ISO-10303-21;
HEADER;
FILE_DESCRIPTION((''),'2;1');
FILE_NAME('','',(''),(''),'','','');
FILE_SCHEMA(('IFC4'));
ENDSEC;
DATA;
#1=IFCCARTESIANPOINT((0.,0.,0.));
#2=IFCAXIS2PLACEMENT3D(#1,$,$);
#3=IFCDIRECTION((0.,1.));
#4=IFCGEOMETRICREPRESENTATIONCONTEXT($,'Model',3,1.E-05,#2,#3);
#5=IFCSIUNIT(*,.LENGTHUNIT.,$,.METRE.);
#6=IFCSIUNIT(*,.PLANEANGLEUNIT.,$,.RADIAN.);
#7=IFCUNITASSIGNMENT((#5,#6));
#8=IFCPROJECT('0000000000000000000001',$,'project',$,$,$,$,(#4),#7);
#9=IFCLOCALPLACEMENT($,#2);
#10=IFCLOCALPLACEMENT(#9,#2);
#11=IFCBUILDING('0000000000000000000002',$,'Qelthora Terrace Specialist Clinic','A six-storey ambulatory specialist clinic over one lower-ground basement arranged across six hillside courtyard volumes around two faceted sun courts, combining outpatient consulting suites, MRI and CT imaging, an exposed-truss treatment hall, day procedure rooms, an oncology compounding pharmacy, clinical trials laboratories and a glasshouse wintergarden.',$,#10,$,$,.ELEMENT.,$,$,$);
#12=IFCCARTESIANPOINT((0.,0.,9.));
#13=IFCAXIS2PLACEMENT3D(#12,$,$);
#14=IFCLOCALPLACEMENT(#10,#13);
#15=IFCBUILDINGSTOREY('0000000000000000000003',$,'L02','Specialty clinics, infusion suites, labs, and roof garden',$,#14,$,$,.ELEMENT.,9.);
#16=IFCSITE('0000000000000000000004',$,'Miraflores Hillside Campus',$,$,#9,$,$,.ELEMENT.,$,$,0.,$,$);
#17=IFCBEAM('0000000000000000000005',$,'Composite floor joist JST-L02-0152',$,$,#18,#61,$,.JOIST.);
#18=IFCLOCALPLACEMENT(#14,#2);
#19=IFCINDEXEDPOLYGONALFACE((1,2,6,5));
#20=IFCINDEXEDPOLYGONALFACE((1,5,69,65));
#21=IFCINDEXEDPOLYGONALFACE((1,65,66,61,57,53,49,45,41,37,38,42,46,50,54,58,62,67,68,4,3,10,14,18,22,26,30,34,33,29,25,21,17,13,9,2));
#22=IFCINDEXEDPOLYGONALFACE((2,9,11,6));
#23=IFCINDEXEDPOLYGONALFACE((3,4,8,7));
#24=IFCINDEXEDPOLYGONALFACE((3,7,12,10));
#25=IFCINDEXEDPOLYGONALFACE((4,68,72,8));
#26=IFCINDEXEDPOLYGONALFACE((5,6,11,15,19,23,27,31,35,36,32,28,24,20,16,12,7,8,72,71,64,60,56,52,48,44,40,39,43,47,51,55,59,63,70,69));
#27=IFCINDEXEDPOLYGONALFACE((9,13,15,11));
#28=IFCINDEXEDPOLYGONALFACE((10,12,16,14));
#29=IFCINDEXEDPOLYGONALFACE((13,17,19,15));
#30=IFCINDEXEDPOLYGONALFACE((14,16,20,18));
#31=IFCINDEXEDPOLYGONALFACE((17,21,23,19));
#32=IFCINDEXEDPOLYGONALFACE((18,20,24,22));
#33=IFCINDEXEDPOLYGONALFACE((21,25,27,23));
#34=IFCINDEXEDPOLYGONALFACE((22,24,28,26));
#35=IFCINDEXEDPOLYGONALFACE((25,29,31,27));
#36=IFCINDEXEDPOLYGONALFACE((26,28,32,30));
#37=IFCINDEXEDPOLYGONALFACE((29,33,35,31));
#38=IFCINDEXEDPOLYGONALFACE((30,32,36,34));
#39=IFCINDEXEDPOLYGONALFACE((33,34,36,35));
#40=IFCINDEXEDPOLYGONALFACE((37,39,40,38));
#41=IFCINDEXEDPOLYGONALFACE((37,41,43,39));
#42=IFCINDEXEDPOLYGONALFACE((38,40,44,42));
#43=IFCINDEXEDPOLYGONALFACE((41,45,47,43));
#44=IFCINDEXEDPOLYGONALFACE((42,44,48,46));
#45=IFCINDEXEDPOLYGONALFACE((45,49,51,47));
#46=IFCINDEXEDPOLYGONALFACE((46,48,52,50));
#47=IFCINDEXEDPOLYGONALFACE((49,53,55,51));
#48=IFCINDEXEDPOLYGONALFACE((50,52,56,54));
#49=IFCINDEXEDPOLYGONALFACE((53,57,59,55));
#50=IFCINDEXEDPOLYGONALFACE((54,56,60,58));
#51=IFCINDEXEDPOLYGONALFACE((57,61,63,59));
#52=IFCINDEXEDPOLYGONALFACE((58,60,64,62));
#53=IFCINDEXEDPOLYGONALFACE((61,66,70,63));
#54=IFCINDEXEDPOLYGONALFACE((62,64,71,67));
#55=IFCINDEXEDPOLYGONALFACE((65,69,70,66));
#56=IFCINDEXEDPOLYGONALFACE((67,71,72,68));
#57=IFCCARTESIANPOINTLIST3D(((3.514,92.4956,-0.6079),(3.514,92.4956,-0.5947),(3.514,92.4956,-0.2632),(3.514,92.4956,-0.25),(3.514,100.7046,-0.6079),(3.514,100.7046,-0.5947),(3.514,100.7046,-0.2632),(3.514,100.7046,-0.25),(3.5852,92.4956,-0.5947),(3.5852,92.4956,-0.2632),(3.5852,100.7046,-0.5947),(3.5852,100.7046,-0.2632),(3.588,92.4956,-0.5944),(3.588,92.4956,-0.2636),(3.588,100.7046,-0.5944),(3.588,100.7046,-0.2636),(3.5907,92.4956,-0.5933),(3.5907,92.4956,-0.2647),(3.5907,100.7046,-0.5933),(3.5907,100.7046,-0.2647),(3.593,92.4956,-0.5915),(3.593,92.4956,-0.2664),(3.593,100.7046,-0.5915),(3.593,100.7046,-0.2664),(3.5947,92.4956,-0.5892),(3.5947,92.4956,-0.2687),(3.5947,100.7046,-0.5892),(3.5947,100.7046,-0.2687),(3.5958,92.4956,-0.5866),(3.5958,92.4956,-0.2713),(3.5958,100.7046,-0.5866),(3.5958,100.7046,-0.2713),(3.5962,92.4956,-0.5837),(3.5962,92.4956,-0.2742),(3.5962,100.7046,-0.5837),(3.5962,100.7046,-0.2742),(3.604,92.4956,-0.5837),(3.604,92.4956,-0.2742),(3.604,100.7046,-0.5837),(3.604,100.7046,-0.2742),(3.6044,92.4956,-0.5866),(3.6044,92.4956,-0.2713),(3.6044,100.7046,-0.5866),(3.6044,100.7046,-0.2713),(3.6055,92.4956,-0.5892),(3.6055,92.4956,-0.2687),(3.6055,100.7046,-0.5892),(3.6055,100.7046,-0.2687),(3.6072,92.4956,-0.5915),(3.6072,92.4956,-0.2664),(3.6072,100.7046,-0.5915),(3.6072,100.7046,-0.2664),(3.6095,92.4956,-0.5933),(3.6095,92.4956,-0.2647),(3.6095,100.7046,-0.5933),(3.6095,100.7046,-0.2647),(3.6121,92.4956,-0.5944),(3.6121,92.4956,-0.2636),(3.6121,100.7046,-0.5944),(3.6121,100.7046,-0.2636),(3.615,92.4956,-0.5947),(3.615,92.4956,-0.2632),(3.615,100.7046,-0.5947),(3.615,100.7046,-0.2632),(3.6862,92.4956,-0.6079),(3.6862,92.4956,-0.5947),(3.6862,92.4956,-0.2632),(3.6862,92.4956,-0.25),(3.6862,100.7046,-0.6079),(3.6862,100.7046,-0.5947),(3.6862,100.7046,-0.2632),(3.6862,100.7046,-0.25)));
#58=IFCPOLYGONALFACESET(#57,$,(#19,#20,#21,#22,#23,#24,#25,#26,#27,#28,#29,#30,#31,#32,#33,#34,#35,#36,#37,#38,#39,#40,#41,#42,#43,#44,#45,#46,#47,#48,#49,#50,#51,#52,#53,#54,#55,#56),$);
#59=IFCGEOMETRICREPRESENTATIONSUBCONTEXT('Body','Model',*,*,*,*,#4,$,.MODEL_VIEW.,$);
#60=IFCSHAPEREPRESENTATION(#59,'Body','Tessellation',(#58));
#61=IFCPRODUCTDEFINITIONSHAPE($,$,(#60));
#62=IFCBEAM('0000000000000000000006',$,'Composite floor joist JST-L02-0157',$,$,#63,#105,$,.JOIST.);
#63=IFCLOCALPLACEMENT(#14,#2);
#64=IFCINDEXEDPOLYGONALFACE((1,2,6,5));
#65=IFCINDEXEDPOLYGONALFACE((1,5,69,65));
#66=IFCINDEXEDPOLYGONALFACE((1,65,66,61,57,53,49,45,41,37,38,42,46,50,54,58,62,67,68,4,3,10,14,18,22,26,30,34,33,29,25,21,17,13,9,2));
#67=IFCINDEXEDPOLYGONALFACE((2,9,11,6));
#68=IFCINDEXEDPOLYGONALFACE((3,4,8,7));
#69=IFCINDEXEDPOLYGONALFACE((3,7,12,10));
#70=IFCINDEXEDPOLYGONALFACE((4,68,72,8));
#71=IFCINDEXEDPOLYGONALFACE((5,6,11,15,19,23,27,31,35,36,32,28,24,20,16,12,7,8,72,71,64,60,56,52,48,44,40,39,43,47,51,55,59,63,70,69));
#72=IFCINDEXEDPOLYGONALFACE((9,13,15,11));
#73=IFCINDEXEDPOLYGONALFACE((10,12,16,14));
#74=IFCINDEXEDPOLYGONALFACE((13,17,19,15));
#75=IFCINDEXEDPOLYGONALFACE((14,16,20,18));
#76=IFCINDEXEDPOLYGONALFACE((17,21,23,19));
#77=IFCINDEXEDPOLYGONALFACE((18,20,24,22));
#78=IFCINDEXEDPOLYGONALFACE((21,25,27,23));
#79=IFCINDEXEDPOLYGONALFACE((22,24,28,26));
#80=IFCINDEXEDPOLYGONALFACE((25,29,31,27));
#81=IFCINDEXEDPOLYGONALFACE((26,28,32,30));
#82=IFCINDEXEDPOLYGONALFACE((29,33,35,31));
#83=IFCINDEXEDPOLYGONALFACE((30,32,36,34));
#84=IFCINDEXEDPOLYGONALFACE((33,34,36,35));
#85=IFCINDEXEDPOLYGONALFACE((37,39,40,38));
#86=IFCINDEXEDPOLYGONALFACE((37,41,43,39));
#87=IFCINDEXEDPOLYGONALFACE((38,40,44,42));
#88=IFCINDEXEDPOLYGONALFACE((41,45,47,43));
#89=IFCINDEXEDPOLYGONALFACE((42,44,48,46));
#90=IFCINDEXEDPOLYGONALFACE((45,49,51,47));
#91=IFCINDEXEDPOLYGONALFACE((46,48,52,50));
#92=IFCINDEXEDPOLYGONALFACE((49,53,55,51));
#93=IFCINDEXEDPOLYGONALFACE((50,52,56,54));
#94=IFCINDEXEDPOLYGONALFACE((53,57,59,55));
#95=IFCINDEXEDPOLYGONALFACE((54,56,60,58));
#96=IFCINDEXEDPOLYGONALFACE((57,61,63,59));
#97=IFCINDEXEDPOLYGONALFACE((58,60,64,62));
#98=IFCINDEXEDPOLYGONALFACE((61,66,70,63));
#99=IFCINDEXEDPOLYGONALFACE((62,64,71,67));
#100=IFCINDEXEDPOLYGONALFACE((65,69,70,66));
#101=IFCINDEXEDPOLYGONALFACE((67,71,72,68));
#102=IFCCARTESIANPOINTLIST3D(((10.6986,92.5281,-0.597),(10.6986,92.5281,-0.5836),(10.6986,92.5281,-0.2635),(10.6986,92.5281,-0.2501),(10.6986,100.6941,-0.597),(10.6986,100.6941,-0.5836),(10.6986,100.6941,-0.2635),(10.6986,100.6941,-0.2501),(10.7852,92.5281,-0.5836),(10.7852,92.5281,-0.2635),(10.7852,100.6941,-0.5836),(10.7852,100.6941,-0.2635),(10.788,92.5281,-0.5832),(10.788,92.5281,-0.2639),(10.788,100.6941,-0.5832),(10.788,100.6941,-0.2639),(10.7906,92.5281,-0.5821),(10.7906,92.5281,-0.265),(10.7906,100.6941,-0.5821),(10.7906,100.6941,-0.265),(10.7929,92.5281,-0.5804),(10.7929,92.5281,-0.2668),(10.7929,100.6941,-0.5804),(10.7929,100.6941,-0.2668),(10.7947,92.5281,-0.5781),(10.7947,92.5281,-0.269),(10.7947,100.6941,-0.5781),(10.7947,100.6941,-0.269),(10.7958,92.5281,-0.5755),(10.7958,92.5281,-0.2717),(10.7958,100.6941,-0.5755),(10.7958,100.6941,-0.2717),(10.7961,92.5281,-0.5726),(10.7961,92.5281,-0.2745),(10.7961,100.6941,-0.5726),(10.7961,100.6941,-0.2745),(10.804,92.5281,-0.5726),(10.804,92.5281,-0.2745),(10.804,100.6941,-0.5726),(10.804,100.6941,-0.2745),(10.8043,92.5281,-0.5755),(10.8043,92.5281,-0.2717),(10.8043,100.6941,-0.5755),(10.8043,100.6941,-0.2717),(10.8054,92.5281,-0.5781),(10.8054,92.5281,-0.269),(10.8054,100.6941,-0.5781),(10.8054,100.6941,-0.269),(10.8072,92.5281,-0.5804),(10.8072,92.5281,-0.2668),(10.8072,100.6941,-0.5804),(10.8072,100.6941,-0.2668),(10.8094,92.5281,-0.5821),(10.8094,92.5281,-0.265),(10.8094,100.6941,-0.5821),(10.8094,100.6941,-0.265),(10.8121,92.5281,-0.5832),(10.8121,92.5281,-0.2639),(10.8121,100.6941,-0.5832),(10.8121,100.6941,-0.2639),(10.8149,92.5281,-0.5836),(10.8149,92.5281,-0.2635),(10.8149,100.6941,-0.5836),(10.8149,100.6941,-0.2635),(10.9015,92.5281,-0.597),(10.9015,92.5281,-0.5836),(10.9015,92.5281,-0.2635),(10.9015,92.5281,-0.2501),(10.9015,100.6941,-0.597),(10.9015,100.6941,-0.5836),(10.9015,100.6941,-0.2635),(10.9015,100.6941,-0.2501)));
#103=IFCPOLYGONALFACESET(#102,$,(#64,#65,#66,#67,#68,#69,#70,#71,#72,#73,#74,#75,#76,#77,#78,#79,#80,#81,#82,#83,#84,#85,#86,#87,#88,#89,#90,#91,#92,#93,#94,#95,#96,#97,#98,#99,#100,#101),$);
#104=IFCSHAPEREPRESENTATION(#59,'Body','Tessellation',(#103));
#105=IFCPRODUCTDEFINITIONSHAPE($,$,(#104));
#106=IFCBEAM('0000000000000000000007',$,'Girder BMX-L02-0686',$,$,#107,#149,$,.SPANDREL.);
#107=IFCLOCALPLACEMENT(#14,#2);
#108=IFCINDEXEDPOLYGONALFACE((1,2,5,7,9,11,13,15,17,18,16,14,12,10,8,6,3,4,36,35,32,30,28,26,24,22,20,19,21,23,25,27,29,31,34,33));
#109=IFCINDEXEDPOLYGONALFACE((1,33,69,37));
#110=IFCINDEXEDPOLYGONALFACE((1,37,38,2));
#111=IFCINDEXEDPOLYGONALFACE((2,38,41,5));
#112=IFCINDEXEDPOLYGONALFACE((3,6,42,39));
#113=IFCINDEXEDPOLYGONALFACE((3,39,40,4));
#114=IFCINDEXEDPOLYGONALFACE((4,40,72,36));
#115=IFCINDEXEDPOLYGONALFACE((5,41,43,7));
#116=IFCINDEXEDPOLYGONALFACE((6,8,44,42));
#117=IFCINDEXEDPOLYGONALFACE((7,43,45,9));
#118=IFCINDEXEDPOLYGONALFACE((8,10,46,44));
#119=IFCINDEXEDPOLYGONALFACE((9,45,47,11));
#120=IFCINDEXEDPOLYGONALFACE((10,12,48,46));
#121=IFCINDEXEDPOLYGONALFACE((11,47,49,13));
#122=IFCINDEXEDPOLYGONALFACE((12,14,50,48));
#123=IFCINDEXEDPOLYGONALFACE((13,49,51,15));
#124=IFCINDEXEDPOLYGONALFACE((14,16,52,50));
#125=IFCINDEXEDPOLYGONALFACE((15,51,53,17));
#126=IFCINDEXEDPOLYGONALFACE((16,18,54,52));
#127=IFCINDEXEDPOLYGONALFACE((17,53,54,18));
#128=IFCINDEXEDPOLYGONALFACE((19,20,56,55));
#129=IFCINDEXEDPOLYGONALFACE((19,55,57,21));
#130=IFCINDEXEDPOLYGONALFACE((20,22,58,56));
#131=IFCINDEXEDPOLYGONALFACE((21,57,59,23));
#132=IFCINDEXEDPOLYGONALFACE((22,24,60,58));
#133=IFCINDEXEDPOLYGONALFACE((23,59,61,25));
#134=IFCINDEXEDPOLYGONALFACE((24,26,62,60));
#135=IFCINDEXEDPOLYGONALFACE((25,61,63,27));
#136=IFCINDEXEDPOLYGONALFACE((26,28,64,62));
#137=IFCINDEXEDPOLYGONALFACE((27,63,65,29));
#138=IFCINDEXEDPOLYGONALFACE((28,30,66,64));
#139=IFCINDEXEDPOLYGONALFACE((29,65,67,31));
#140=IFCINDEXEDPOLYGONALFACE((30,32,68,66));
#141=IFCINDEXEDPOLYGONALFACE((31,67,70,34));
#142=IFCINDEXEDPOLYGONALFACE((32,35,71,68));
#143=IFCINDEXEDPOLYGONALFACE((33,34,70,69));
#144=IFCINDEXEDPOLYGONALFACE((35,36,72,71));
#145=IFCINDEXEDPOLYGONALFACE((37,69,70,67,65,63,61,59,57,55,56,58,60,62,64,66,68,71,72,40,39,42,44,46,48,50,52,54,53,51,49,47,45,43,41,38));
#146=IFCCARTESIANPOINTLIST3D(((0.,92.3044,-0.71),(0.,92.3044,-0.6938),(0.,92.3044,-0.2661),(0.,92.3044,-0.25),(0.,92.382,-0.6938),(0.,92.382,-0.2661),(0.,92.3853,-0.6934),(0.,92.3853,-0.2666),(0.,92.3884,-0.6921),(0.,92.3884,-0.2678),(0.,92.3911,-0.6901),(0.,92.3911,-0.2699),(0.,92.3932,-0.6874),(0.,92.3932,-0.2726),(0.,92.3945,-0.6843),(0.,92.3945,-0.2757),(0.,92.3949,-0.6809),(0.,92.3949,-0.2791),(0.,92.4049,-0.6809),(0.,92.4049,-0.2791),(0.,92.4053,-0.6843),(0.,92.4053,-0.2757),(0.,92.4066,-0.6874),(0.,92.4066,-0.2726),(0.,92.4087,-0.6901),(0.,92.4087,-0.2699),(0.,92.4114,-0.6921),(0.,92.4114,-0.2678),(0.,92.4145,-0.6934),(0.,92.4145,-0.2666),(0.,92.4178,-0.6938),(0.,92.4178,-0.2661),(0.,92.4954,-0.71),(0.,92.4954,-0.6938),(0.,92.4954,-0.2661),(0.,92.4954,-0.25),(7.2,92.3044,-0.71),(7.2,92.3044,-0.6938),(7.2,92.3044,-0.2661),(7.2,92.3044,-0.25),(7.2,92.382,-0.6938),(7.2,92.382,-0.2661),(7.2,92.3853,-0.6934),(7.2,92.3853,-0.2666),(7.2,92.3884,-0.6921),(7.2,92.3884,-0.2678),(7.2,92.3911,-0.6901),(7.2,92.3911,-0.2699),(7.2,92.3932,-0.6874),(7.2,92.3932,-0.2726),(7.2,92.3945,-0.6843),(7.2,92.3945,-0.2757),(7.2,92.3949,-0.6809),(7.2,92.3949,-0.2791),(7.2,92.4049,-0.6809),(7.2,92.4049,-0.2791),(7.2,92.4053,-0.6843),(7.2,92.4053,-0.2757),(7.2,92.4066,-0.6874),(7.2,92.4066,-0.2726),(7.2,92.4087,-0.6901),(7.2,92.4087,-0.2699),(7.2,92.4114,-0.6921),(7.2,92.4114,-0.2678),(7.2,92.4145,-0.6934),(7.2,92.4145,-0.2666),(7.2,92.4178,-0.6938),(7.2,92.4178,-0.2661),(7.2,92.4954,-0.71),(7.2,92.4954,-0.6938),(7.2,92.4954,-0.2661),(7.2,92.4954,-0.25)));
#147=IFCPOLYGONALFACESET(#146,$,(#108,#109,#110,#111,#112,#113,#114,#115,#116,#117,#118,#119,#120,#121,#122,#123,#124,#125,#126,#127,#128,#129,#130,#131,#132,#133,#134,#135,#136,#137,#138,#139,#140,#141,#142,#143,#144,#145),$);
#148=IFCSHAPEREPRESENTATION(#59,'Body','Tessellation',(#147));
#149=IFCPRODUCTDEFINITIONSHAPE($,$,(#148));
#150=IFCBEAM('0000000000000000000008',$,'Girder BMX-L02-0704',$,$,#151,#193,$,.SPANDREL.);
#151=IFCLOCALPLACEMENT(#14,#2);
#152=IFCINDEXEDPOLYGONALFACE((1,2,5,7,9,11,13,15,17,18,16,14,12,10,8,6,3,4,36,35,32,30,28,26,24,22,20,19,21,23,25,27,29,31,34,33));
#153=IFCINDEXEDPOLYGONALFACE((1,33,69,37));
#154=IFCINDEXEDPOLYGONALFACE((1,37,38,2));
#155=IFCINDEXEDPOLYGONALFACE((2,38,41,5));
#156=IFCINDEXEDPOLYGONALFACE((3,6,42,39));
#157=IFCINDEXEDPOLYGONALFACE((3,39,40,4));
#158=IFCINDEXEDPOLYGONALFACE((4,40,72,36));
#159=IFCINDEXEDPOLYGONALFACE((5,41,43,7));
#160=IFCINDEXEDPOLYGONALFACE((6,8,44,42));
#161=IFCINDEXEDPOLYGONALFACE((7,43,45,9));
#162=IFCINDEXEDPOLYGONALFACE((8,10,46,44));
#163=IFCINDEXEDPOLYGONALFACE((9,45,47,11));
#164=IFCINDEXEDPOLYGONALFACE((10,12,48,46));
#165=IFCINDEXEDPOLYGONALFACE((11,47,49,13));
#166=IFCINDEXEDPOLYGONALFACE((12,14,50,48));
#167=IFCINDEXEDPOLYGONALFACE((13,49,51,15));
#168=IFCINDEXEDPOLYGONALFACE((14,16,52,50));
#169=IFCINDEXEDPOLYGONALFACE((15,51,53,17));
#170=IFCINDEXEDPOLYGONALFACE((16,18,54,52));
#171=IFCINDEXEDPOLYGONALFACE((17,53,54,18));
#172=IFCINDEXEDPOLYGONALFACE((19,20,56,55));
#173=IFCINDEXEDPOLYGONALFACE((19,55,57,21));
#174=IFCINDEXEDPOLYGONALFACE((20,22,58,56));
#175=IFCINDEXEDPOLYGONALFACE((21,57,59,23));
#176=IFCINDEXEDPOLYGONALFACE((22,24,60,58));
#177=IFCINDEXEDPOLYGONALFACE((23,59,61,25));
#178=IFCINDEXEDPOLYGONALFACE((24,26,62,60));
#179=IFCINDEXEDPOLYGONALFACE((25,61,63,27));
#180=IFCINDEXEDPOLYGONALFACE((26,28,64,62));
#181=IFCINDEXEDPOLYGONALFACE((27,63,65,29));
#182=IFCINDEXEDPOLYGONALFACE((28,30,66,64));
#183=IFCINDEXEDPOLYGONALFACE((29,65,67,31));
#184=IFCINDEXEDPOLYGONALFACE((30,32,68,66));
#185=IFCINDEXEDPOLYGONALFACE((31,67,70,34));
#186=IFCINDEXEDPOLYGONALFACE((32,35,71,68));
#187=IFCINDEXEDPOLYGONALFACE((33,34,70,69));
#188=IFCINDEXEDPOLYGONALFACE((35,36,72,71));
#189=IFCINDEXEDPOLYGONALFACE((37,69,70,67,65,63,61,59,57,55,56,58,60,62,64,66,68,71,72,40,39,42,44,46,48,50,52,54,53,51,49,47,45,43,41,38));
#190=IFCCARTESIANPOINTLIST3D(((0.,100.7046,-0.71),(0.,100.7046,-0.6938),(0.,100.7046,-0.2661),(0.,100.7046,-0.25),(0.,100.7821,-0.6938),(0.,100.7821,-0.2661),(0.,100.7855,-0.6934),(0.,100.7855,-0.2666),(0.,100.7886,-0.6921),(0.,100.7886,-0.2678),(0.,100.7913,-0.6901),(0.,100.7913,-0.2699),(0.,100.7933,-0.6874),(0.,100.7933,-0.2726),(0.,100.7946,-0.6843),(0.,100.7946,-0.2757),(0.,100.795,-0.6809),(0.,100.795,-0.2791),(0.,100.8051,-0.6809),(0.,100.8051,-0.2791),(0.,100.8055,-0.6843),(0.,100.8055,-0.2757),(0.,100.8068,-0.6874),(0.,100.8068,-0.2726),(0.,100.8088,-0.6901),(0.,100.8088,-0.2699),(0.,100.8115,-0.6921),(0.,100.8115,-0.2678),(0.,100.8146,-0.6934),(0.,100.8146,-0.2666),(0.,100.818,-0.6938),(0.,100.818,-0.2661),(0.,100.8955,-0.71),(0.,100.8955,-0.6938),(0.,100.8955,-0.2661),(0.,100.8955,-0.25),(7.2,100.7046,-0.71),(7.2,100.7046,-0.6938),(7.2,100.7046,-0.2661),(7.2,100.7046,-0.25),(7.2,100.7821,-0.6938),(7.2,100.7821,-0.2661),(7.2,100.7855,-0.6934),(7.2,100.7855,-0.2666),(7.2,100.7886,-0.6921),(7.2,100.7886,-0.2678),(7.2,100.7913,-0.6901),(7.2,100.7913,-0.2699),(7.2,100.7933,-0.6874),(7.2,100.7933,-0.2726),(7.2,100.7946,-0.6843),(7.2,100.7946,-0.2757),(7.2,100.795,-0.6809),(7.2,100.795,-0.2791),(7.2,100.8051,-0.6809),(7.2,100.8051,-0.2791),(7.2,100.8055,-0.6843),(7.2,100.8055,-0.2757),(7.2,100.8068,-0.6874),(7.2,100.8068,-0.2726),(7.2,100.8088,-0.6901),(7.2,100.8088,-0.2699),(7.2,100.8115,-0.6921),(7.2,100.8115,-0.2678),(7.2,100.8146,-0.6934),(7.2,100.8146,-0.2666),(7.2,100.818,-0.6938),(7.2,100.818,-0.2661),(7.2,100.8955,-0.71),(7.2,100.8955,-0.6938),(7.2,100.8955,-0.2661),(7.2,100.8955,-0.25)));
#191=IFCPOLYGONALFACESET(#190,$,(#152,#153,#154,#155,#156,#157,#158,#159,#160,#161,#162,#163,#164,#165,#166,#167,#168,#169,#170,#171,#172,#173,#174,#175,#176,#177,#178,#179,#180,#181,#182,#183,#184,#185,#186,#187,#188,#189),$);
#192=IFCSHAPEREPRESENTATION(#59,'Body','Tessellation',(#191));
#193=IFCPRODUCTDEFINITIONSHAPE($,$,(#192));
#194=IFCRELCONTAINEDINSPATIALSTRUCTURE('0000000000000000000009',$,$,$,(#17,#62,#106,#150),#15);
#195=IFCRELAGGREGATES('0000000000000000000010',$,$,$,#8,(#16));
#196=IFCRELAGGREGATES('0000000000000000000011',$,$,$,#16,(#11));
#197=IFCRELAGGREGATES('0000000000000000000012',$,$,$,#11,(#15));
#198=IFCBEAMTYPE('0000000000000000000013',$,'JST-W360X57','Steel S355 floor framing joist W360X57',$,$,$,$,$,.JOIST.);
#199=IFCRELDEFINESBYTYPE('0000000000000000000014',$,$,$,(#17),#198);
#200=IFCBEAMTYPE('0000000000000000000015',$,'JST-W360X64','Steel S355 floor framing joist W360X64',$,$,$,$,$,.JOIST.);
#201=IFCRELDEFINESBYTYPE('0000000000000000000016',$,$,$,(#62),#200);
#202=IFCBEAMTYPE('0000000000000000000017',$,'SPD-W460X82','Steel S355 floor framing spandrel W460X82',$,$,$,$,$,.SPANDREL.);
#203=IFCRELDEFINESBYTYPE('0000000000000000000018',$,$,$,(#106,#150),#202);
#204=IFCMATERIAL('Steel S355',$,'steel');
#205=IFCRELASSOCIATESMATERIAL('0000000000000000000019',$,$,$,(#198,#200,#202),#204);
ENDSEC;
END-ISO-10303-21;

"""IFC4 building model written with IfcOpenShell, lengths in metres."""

from ifc_helpers import new_model, si_unit, direction, frame, origin, origin_2d, place, context, subcontext, project, spatial, i_section, extrude, material, material_profile, profile_set, type_object, element, save


model = new_model("IFC4")

# Units and contexts
model_context = context("Model", 3, precision=1e-05, world=origin(), true_north=direction((0.0, 1.0)))
body_context = subcontext(model_context, "Body", "Model", "MODEL_VIEW")
ifc_project = project(units=[si_unit("LENGTHUNIT", "METRE"), si_unit("PLANEANGLEUNIT", "RADIAN")], contexts=[model_context])

# Site, building, storey
site_placement = place(None, origin())
site = spatial("IfcSite", under=ifc_project, at=site_placement, Name="Miraflores Hillside Campus", CompositionType="ELEMENT", RefElevation=0.0)
building_placement = place(site_placement, origin())
building = spatial("IfcBuilding", under=site, at=building_placement, Name="Qelthora Terrace Specialist Clinic", Description="A six-storey ambulatory specialist clinic over one lower-ground basement arranged across six hillside courtyard volumes around two faceted sun courts, combining outpatient consulting suites, MRI and CT imaging, an exposed-truss treatment hall, day procedure rooms, an oncology compounding pharmacy, clinical trials laboratories and a glasshouse wintergarden.", CompositionType="ELEMENT")
storey_placement = place(building_placement, frame((0.0, 0.0, 9.0)))
storey = spatial("IfcBuildingStorey", under=building, at=storey_placement, Name="L02", Description="Specialty clinics, infusion suites, labs, and roof garden", CompositionType="ELEMENT", Elevation=9.0)

# Shared definitions
ifc_material_1 = material(Name="Steel S355", Category="steel")

# Beams
ifc_material_profile_1 = material_profile(ifc_material_1, i_section(OverallWidth=0.1721, OverallDepth=0.3579, WebThickness=0.0078, FlangeThickness=0.0132, FilletRadius=0.011, at=origin_2d()), Name="W360X57")
ifc_profile_set_1 = profile_set([ifc_material_profile_1], Name="Steel S355")
beam_type_1 = type_object("IfcBeamType", Name="JST-W360X57", Description="Steel S355 floor framing joist W360X57", PredefinedType="JOIST", material=ifc_profile_set_1)
beam_1_placement = place(storey_placement, frame((3.6001, 92.4956, -0.429), z_axis=(0.0, 1.0, 0.0), x_axis=(-1.0, 0.0, 0.0)))
element("IfcBeam", 1, at=beam_1_placement, inside=storey, type_object=beam_type_1, Name="Composite floor joist JST-L02-0152", PredefinedType="JOIST", context=body_context, shape_type="SweptSolid", body=[
    extrude(i_section(OverallWidth=0.1721, OverallDepth=0.3579, WebThickness=0.0078, FlangeThickness=0.0132, FilletRadius=0.011, at=origin_2d()), origin(), (0.0, 0.0, 1.0), 8.209),
])
ifc_material_profile_2 = material_profile(ifc_material_1, i_section(OverallWidth=0.2029, OverallDepth=0.3469, WebThickness=0.0078, FlangeThickness=0.0134, FilletRadius=0.011, at=origin_2d()), Name="W360X64")
ifc_profile_set_2 = profile_set([ifc_material_profile_2], Name="Steel S355")
beam_type_2 = type_object("IfcBeamType", Name="JST-W360X64", Description="Steel S355 floor framing joist W360X64", PredefinedType="JOIST", material=ifc_profile_set_2)
beam_2_placement = place(storey_placement, frame((10.8, 92.5281, -0.4236), z_axis=(0.0, 1.0, 0.0), x_axis=(-1.0, 0.0, 0.0)))
element("IfcBeam", 2, at=beam_2_placement, inside=storey, type_object=beam_type_2, Name="Composite floor joist JST-L02-0157", PredefinedType="JOIST", context=body_context, shape_type="SweptSolid", body=[
    extrude(i_section(OverallWidth=0.2029, OverallDepth=0.3469, WebThickness=0.0078, FlangeThickness=0.0134, FilletRadius=0.011, at=origin_2d()), origin(), (0.0, 0.0, 1.0), 8.166),
])
ifc_material_profile_3 = material_profile(ifc_material_1, i_section(OverallWidth=0.1909, OverallDepth=0.46, WebThickness=0.01, FlangeThickness=0.0161, FilletRadius=0.0129, at=origin_2d()), Name="W460X82")
ifc_profile_set_3 = profile_set([ifc_material_profile_3], Name="Steel S355")
beam_type_3 = type_object("IfcBeamType", Name="SPD-W460X82", Description="Steel S355 floor framing spandrel W460X82", PredefinedType="SPANDREL", material=ifc_profile_set_3)
for number, where, z_axis, x_axis, name in (
    (3, (0.0, 92.3999, -0.48), (1.0, 0.0, 0.0), (0.0, 1.0, 0.0), "Girder BMX-L02-0686"),
    (4, (0.0, 100.8, -0.48), (1.0, 0.0, 0.0), (0.0, 1.0, 0.0), "Girder BMX-L02-0704"),
):
    element("IfcBeam", number, at=place(storey_placement, frame(where, z_axis=z_axis, x_axis=x_axis)), inside=storey, type_object=beam_type_3, Name=name, PredefinedType="SPANDREL", context=body_context, shape_type="SweptSolid", body=[
        extrude(i_section(OverallWidth=0.1909, OverallDepth=0.46, WebThickness=0.01, FlangeThickness=0.0161, FilletRadius=0.0129, at=origin_2d()), origin(), (0.0, 0.0, 1.0), 7.2),
    ])

save(model, "model.ifc")
